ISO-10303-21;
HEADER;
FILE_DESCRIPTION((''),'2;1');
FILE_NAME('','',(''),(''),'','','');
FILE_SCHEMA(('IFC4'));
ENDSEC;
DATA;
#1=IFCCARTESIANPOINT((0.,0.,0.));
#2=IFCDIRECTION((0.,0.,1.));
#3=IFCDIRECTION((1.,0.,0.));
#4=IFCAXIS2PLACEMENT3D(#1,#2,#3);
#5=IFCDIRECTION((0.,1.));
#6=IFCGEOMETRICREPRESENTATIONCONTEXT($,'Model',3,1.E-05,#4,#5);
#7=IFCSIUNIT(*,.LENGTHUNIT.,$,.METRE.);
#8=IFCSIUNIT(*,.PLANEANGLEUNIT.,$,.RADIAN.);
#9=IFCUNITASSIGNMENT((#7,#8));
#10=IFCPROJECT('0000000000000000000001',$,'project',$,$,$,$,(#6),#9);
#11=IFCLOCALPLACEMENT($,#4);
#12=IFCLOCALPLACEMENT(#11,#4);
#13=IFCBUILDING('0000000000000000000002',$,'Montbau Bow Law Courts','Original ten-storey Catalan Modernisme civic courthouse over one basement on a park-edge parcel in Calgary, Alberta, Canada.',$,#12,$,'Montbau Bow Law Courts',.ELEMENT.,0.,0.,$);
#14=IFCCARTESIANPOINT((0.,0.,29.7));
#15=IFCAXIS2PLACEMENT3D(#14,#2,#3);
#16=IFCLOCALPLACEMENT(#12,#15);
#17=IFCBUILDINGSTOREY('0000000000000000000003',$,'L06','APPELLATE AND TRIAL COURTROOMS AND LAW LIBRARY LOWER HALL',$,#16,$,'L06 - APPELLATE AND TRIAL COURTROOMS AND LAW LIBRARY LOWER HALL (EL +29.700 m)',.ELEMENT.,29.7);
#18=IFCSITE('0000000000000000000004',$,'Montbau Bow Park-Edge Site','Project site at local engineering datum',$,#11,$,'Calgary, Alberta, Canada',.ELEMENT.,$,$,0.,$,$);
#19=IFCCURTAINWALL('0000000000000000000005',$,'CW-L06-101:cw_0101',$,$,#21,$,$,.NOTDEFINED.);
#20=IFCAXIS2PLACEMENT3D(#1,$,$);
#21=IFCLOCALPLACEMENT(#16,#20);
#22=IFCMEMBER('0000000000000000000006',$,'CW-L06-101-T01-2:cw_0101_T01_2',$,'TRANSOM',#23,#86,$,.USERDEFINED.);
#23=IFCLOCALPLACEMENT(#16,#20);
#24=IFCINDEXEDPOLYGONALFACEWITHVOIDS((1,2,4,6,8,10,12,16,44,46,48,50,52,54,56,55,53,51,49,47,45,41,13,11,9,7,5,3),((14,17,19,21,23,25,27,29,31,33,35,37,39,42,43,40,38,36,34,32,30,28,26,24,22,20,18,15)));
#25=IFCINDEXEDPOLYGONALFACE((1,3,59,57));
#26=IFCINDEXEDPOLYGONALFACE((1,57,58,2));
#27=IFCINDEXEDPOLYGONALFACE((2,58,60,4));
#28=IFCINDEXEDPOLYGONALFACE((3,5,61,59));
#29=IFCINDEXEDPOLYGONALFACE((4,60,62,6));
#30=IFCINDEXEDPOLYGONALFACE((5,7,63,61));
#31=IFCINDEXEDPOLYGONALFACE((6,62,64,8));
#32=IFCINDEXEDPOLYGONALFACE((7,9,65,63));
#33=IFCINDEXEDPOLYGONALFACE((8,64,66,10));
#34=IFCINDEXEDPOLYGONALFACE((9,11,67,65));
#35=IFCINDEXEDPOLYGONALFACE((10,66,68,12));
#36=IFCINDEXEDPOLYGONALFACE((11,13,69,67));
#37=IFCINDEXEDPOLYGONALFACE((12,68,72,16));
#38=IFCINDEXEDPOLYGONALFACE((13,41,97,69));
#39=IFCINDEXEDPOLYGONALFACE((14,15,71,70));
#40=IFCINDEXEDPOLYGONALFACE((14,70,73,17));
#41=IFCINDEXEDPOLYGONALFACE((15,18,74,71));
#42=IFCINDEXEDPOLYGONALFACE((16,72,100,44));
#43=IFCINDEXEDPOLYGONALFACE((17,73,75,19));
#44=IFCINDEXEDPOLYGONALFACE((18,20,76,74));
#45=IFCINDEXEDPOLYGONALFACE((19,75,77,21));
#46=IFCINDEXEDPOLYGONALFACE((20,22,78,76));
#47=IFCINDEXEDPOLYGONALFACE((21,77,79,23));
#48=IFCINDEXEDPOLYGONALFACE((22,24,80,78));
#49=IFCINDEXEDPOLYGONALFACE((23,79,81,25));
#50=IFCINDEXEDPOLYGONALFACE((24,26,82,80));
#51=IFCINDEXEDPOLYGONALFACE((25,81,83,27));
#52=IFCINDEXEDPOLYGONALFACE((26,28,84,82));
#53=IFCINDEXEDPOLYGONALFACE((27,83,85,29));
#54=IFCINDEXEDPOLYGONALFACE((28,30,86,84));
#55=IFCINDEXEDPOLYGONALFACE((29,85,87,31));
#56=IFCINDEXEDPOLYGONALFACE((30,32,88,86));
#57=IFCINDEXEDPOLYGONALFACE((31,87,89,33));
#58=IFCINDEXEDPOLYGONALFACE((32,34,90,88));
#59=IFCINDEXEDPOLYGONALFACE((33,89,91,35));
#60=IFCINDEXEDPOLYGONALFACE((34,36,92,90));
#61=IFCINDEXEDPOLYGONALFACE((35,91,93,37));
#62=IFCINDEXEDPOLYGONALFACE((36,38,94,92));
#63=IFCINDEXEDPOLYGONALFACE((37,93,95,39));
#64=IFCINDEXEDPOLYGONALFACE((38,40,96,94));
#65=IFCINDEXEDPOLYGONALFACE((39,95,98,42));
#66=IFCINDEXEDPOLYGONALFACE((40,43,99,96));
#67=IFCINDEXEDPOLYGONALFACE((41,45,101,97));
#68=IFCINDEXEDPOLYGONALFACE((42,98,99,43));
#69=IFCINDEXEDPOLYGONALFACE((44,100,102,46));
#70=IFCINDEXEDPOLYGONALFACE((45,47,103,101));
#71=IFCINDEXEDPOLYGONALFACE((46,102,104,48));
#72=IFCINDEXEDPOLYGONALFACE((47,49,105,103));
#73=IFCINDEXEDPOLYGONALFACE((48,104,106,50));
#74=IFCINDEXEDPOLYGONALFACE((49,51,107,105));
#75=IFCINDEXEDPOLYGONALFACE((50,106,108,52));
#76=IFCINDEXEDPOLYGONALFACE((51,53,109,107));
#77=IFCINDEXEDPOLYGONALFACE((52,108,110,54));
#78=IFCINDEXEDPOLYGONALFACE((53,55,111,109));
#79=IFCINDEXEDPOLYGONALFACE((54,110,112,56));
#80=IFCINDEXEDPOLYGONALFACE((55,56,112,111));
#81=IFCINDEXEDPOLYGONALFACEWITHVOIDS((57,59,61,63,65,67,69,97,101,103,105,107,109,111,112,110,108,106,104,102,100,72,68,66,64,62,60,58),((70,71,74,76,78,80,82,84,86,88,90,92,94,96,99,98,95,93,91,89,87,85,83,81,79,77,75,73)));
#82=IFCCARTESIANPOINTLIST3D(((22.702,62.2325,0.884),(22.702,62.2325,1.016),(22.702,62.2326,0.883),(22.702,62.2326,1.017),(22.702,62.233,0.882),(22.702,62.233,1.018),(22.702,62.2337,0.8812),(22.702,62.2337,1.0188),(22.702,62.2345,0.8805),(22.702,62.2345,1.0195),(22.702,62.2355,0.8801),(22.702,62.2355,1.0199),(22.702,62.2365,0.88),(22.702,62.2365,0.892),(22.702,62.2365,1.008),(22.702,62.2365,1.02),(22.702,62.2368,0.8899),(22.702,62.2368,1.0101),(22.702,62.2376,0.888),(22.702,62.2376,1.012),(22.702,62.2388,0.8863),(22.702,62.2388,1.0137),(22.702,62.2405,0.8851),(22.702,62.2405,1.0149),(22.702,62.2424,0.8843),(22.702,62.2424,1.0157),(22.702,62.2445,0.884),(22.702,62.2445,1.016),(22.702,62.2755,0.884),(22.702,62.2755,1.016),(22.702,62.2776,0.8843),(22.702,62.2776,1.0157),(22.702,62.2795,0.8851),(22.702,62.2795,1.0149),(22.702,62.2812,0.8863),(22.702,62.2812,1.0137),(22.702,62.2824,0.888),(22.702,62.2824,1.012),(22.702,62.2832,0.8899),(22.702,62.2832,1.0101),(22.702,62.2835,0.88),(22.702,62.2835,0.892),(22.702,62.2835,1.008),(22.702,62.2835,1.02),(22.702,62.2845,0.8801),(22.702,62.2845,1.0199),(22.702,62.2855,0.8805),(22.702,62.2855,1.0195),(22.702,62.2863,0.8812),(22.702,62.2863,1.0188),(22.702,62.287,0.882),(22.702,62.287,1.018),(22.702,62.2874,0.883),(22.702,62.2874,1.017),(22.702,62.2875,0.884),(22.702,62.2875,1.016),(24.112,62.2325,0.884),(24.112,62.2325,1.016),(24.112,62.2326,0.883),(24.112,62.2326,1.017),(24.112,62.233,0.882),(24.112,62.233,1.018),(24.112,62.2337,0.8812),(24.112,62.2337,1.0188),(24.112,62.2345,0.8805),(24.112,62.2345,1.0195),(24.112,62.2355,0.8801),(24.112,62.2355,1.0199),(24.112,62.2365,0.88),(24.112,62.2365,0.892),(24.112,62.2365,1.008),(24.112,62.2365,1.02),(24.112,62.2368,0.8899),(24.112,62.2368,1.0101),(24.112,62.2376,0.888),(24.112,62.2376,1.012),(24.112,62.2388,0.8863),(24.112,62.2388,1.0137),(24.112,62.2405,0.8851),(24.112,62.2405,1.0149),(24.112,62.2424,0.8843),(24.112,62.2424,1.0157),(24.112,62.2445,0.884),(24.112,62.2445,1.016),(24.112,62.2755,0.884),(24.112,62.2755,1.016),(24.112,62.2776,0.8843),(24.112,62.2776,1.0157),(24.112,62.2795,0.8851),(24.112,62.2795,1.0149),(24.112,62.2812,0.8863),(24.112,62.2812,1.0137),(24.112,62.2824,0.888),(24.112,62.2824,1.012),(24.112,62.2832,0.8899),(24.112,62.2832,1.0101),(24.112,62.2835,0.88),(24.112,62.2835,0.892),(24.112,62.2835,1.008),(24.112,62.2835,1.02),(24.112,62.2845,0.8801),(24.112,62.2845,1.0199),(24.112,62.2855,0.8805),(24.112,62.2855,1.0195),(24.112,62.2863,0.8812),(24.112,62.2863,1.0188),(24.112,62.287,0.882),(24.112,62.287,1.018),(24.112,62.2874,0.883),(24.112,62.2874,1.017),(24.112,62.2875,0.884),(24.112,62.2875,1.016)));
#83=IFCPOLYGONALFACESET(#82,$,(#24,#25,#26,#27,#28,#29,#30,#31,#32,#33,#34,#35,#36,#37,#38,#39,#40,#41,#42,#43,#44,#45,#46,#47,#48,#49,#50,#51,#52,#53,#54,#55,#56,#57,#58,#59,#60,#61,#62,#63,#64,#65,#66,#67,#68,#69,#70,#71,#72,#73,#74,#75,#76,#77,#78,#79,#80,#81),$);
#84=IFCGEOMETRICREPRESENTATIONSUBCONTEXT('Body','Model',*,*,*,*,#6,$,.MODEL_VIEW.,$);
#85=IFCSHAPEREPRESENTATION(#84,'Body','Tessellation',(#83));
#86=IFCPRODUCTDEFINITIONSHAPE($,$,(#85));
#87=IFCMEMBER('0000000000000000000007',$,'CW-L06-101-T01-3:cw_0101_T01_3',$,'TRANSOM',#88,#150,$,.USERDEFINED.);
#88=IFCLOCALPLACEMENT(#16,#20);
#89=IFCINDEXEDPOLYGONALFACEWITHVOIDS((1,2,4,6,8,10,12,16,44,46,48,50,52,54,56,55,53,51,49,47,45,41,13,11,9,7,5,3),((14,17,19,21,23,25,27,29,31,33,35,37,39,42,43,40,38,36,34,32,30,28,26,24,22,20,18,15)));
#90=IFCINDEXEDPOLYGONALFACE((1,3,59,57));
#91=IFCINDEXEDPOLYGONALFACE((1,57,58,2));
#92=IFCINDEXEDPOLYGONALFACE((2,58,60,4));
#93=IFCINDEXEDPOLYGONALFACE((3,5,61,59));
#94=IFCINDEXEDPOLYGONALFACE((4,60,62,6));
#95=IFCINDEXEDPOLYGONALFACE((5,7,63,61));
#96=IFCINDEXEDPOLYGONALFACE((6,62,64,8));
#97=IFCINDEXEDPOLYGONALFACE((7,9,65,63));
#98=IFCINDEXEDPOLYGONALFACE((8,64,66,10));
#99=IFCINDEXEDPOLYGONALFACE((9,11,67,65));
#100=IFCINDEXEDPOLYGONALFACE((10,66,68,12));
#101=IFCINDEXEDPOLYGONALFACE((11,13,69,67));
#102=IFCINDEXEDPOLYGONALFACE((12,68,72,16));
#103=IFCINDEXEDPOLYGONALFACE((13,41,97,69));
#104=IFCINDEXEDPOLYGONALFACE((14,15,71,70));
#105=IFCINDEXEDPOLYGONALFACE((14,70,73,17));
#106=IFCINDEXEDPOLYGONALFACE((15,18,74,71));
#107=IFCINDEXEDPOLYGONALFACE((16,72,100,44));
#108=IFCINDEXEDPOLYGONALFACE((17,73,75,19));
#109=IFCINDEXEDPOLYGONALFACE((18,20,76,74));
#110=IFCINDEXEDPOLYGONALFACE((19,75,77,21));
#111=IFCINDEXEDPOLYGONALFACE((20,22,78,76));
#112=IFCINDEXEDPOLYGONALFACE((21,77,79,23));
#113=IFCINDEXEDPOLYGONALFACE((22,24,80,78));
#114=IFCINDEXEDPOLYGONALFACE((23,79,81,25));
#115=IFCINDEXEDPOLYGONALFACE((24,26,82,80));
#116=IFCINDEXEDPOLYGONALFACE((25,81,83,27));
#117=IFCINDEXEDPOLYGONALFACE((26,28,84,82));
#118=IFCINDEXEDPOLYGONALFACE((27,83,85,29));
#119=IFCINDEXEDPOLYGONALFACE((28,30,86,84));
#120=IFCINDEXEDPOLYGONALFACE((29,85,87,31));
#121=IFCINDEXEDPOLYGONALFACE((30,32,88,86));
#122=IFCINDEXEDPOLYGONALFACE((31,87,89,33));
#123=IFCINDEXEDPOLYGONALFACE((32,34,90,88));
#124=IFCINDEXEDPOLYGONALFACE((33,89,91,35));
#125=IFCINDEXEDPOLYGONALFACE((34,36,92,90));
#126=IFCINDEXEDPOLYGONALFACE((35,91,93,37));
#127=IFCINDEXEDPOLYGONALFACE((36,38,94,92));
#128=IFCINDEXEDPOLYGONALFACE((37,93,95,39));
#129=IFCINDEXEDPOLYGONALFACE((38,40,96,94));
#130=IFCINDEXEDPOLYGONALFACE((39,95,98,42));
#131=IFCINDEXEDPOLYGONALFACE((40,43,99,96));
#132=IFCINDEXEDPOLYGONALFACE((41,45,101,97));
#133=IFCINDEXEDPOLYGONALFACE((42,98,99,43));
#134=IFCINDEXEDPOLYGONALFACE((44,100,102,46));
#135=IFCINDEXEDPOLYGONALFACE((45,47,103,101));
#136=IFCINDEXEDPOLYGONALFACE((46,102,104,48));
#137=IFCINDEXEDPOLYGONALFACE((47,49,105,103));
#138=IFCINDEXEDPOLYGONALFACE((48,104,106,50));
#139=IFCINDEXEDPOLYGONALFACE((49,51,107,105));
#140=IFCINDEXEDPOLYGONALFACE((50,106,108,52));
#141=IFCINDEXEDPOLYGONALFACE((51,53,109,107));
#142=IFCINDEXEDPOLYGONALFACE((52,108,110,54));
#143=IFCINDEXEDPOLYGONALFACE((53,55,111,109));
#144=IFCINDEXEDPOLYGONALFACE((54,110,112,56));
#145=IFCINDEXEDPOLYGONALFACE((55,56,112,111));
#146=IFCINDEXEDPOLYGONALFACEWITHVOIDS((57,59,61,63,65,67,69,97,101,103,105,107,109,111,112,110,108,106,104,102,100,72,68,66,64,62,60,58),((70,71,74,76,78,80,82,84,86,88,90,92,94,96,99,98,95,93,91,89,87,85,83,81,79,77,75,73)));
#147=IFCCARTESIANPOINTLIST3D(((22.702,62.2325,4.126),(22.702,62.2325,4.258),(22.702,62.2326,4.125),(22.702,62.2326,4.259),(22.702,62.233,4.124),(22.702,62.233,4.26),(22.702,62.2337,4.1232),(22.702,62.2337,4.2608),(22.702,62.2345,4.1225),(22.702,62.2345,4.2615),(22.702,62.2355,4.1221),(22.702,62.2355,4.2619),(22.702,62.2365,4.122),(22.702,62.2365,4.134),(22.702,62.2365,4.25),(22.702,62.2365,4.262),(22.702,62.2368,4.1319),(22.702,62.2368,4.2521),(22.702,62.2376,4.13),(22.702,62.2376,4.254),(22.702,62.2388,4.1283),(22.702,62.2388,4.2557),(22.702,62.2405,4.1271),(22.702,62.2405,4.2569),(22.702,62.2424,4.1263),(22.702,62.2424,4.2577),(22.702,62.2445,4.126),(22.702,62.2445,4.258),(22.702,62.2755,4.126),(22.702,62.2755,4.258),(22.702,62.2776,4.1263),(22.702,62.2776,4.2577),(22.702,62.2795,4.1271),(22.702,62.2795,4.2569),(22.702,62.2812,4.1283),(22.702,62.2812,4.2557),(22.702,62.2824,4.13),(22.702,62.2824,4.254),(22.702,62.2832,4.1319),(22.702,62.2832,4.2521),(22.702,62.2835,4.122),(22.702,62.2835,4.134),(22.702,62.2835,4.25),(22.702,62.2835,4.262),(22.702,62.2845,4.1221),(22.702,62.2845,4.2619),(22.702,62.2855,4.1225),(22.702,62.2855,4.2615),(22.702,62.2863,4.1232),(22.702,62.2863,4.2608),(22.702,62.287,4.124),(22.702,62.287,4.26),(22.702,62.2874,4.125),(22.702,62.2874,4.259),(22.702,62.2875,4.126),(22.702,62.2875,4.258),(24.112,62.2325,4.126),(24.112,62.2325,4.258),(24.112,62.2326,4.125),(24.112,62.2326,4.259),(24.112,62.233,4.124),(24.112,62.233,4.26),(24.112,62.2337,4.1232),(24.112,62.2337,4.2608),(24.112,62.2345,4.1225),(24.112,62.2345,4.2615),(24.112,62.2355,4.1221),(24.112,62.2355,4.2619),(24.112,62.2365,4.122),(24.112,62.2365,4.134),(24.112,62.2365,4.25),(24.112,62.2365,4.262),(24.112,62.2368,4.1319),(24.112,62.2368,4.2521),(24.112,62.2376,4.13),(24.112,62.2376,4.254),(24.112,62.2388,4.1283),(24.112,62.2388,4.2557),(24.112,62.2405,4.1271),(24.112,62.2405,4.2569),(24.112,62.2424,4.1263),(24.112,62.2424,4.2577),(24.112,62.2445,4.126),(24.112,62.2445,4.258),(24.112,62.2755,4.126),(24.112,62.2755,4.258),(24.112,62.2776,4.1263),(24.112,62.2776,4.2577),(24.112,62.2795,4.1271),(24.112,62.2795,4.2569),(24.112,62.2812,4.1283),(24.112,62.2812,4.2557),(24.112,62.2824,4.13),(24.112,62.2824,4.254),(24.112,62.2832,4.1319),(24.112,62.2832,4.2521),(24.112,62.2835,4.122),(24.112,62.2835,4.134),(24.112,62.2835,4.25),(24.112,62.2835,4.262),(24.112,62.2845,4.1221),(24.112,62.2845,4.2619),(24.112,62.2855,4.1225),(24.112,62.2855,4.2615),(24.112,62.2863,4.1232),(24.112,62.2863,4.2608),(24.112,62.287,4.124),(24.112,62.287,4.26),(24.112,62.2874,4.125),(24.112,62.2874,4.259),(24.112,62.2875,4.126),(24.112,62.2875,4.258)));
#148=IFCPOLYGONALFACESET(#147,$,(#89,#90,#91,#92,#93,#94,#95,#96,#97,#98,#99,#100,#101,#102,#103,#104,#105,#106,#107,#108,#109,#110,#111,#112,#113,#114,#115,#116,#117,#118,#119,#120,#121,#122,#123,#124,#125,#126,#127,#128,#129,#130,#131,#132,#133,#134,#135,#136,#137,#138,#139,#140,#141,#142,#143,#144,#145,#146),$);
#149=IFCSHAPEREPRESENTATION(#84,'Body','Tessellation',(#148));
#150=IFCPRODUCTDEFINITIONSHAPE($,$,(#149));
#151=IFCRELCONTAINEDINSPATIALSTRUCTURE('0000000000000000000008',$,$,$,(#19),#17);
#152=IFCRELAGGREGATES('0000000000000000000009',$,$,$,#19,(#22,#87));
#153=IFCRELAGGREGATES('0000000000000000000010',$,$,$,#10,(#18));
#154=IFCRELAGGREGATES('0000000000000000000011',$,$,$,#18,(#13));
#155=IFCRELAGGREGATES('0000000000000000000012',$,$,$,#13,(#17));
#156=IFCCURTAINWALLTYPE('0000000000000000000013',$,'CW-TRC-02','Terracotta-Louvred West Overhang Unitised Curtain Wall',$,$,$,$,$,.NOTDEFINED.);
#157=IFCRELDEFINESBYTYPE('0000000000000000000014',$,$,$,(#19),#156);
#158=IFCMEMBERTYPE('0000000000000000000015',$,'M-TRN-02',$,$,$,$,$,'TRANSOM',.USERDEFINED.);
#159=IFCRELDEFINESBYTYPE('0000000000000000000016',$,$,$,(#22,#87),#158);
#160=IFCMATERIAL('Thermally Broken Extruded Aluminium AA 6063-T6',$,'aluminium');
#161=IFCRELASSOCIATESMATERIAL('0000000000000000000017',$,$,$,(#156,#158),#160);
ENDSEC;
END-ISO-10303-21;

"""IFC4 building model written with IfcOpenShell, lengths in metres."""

from ifc_helpers import new_model, si_unit, direction, frame, origin_with_axes, origin_2d_with_axis, place, context, subcontext, project, spatial, hollow_rectangle, extrude, material, material_profile, profile_set, type_object, element, aggregate, save


model = new_model("IFC4")

# Units and contexts
model_context = context("Model", 3, precision=1e-05, world=origin_with_axes(), true_north=direction((0.0, 1.0)))
body_context = subcontext(model_context, "Body", "Model", "MODEL_VIEW")
ifc_project = project(units=[si_unit("LENGTHUNIT", "METRE"), si_unit("PLANEANGLEUNIT", "RADIAN")], contexts=[model_context])

# Site, building, storey
site_placement = place(None, origin_with_axes())
site = spatial("IfcSite", under=ifc_project, at=site_placement, Name="Montbau Bow Park-Edge Site", Description="Project site at local engineering datum", LongName="Calgary, Alberta, Canada", CompositionType="ELEMENT", RefElevation=0.0)
building_placement = place(site_placement, origin_with_axes())
building = spatial("IfcBuilding", under=site, at=building_placement, Name="Montbau Bow Law Courts", Description="Original ten-storey Catalan Modernisme civic courthouse over one basement on a park-edge parcel in Calgary, Alberta, Canada.", LongName="Montbau Bow Law Courts", CompositionType="ELEMENT", ElevationOfRefHeight=0.0, ElevationOfTerrain=0.0)
storey_placement = place(building_placement, frame((0.0, 0.0, 29.7), z_axis=(0.0, 0.0, 1.0), x_axis=(1.0, 0.0, 0.0)))
storey = spatial("IfcBuildingStorey", under=building, at=storey_placement, Name="L06", Description="APPELLATE AND TRIAL COURTROOMS AND LAW LIBRARY LOWER HALL", LongName="L06 - APPELLATE AND TRIAL COURTROOMS AND LAW LIBRARY LOWER HALL (EL +29.700 m)", CompositionType="ELEMENT", Elevation=29.7)

# Curtain wall
ifc_material_1 = material(Name="Thermally Broken Extruded Aluminium AA 6063-T6", Category="aluminium")
curtain_wall_type = type_object("IfcCurtainWallType", Name="CW-TRC-02", Description="Terracotta-Louvred West Overhang Unitised Curtain Wall", PredefinedType="NOTDEFINED", material=ifc_material_1)
curtain_wall_1_placement = place(None, frame((22.64, 62.26, 29.7), z_axis=(0.0, 0.0, 1.0), x_axis=(1.0, 0.0, 0.0)))
curtain_wall_1 = element("IfcCurtainWall", 1, at=curtain_wall_1_placement, inside=storey, type_object=curtain_wall_type, Name="CW-L06-101:cw_0101", PredefinedType="NOTDEFINED")

# Members
ifc_material_profile_1 = material_profile(ifc_material_1, hollow_rectangle(XDim=0.055, YDim=0.14, WallThickness=0.004, InnerFilletRadius=0.008, OuterFilletRadius=0.004, at=origin_2d_with_axis()), Name="CWT-140X55", Category="Main", Priority=0)
ifc_profile_set_1 = profile_set([ifc_material_profile_1], Name="Thermally Broken Extruded Aluminium AA 6063-T6")
member_type_1 = type_object("IfcMemberType", Name="M-TRN-02", ElementType="TRANSOM", PredefinedType="USERDEFINED", material=ifc_profile_set_1)
member_1_placement = place(None, frame((22.702, 62.26, 30.65), z_axis=(1.0, 0.0, 0.0), x_axis=(0.0, 1.0, 0.0)))
member_1 = element("IfcMember", 2, at=member_1_placement, type_object=member_type_1, Name="CW-L06-101-T01-2:cw_0101_T01_2", ObjectType="TRANSOM", PredefinedType="USERDEFINED", context=body_context, shape_type="SweptSolid", body=[
    extrude(hollow_rectangle(XDim=0.055, YDim=0.14, WallThickness=0.004, InnerFilletRadius=0.008, OuterFilletRadius=0.004, at=origin_2d_with_axis()), origin_with_axes(), (0.0, 0.0, 1.0), 1.41),
])
member_2_placement = place(None, frame((22.702, 62.26, 33.892), z_axis=(1.0, 0.0, 0.0), x_axis=(0.0, 1.0, 0.0)))
member_2 = element("IfcMember", 3, at=member_2_placement, type_object=member_type_1, Name="CW-L06-101-T01-3:cw_0101_T01_3", ObjectType="TRANSOM", PredefinedType="USERDEFINED", context=body_context, shape_type="SweptSolid", body=[
    extrude(hollow_rectangle(XDim=0.055, YDim=0.14, WallThickness=0.004, InnerFilletRadius=0.008, OuterFilletRadius=0.004, at=origin_2d_with_axis()), origin_with_axes(), (0.0, 0.0, 1.0), 1.41),
])

aggregate(curtain_wall_1, [member_1, member_2])

save(model, "model.ifc")
